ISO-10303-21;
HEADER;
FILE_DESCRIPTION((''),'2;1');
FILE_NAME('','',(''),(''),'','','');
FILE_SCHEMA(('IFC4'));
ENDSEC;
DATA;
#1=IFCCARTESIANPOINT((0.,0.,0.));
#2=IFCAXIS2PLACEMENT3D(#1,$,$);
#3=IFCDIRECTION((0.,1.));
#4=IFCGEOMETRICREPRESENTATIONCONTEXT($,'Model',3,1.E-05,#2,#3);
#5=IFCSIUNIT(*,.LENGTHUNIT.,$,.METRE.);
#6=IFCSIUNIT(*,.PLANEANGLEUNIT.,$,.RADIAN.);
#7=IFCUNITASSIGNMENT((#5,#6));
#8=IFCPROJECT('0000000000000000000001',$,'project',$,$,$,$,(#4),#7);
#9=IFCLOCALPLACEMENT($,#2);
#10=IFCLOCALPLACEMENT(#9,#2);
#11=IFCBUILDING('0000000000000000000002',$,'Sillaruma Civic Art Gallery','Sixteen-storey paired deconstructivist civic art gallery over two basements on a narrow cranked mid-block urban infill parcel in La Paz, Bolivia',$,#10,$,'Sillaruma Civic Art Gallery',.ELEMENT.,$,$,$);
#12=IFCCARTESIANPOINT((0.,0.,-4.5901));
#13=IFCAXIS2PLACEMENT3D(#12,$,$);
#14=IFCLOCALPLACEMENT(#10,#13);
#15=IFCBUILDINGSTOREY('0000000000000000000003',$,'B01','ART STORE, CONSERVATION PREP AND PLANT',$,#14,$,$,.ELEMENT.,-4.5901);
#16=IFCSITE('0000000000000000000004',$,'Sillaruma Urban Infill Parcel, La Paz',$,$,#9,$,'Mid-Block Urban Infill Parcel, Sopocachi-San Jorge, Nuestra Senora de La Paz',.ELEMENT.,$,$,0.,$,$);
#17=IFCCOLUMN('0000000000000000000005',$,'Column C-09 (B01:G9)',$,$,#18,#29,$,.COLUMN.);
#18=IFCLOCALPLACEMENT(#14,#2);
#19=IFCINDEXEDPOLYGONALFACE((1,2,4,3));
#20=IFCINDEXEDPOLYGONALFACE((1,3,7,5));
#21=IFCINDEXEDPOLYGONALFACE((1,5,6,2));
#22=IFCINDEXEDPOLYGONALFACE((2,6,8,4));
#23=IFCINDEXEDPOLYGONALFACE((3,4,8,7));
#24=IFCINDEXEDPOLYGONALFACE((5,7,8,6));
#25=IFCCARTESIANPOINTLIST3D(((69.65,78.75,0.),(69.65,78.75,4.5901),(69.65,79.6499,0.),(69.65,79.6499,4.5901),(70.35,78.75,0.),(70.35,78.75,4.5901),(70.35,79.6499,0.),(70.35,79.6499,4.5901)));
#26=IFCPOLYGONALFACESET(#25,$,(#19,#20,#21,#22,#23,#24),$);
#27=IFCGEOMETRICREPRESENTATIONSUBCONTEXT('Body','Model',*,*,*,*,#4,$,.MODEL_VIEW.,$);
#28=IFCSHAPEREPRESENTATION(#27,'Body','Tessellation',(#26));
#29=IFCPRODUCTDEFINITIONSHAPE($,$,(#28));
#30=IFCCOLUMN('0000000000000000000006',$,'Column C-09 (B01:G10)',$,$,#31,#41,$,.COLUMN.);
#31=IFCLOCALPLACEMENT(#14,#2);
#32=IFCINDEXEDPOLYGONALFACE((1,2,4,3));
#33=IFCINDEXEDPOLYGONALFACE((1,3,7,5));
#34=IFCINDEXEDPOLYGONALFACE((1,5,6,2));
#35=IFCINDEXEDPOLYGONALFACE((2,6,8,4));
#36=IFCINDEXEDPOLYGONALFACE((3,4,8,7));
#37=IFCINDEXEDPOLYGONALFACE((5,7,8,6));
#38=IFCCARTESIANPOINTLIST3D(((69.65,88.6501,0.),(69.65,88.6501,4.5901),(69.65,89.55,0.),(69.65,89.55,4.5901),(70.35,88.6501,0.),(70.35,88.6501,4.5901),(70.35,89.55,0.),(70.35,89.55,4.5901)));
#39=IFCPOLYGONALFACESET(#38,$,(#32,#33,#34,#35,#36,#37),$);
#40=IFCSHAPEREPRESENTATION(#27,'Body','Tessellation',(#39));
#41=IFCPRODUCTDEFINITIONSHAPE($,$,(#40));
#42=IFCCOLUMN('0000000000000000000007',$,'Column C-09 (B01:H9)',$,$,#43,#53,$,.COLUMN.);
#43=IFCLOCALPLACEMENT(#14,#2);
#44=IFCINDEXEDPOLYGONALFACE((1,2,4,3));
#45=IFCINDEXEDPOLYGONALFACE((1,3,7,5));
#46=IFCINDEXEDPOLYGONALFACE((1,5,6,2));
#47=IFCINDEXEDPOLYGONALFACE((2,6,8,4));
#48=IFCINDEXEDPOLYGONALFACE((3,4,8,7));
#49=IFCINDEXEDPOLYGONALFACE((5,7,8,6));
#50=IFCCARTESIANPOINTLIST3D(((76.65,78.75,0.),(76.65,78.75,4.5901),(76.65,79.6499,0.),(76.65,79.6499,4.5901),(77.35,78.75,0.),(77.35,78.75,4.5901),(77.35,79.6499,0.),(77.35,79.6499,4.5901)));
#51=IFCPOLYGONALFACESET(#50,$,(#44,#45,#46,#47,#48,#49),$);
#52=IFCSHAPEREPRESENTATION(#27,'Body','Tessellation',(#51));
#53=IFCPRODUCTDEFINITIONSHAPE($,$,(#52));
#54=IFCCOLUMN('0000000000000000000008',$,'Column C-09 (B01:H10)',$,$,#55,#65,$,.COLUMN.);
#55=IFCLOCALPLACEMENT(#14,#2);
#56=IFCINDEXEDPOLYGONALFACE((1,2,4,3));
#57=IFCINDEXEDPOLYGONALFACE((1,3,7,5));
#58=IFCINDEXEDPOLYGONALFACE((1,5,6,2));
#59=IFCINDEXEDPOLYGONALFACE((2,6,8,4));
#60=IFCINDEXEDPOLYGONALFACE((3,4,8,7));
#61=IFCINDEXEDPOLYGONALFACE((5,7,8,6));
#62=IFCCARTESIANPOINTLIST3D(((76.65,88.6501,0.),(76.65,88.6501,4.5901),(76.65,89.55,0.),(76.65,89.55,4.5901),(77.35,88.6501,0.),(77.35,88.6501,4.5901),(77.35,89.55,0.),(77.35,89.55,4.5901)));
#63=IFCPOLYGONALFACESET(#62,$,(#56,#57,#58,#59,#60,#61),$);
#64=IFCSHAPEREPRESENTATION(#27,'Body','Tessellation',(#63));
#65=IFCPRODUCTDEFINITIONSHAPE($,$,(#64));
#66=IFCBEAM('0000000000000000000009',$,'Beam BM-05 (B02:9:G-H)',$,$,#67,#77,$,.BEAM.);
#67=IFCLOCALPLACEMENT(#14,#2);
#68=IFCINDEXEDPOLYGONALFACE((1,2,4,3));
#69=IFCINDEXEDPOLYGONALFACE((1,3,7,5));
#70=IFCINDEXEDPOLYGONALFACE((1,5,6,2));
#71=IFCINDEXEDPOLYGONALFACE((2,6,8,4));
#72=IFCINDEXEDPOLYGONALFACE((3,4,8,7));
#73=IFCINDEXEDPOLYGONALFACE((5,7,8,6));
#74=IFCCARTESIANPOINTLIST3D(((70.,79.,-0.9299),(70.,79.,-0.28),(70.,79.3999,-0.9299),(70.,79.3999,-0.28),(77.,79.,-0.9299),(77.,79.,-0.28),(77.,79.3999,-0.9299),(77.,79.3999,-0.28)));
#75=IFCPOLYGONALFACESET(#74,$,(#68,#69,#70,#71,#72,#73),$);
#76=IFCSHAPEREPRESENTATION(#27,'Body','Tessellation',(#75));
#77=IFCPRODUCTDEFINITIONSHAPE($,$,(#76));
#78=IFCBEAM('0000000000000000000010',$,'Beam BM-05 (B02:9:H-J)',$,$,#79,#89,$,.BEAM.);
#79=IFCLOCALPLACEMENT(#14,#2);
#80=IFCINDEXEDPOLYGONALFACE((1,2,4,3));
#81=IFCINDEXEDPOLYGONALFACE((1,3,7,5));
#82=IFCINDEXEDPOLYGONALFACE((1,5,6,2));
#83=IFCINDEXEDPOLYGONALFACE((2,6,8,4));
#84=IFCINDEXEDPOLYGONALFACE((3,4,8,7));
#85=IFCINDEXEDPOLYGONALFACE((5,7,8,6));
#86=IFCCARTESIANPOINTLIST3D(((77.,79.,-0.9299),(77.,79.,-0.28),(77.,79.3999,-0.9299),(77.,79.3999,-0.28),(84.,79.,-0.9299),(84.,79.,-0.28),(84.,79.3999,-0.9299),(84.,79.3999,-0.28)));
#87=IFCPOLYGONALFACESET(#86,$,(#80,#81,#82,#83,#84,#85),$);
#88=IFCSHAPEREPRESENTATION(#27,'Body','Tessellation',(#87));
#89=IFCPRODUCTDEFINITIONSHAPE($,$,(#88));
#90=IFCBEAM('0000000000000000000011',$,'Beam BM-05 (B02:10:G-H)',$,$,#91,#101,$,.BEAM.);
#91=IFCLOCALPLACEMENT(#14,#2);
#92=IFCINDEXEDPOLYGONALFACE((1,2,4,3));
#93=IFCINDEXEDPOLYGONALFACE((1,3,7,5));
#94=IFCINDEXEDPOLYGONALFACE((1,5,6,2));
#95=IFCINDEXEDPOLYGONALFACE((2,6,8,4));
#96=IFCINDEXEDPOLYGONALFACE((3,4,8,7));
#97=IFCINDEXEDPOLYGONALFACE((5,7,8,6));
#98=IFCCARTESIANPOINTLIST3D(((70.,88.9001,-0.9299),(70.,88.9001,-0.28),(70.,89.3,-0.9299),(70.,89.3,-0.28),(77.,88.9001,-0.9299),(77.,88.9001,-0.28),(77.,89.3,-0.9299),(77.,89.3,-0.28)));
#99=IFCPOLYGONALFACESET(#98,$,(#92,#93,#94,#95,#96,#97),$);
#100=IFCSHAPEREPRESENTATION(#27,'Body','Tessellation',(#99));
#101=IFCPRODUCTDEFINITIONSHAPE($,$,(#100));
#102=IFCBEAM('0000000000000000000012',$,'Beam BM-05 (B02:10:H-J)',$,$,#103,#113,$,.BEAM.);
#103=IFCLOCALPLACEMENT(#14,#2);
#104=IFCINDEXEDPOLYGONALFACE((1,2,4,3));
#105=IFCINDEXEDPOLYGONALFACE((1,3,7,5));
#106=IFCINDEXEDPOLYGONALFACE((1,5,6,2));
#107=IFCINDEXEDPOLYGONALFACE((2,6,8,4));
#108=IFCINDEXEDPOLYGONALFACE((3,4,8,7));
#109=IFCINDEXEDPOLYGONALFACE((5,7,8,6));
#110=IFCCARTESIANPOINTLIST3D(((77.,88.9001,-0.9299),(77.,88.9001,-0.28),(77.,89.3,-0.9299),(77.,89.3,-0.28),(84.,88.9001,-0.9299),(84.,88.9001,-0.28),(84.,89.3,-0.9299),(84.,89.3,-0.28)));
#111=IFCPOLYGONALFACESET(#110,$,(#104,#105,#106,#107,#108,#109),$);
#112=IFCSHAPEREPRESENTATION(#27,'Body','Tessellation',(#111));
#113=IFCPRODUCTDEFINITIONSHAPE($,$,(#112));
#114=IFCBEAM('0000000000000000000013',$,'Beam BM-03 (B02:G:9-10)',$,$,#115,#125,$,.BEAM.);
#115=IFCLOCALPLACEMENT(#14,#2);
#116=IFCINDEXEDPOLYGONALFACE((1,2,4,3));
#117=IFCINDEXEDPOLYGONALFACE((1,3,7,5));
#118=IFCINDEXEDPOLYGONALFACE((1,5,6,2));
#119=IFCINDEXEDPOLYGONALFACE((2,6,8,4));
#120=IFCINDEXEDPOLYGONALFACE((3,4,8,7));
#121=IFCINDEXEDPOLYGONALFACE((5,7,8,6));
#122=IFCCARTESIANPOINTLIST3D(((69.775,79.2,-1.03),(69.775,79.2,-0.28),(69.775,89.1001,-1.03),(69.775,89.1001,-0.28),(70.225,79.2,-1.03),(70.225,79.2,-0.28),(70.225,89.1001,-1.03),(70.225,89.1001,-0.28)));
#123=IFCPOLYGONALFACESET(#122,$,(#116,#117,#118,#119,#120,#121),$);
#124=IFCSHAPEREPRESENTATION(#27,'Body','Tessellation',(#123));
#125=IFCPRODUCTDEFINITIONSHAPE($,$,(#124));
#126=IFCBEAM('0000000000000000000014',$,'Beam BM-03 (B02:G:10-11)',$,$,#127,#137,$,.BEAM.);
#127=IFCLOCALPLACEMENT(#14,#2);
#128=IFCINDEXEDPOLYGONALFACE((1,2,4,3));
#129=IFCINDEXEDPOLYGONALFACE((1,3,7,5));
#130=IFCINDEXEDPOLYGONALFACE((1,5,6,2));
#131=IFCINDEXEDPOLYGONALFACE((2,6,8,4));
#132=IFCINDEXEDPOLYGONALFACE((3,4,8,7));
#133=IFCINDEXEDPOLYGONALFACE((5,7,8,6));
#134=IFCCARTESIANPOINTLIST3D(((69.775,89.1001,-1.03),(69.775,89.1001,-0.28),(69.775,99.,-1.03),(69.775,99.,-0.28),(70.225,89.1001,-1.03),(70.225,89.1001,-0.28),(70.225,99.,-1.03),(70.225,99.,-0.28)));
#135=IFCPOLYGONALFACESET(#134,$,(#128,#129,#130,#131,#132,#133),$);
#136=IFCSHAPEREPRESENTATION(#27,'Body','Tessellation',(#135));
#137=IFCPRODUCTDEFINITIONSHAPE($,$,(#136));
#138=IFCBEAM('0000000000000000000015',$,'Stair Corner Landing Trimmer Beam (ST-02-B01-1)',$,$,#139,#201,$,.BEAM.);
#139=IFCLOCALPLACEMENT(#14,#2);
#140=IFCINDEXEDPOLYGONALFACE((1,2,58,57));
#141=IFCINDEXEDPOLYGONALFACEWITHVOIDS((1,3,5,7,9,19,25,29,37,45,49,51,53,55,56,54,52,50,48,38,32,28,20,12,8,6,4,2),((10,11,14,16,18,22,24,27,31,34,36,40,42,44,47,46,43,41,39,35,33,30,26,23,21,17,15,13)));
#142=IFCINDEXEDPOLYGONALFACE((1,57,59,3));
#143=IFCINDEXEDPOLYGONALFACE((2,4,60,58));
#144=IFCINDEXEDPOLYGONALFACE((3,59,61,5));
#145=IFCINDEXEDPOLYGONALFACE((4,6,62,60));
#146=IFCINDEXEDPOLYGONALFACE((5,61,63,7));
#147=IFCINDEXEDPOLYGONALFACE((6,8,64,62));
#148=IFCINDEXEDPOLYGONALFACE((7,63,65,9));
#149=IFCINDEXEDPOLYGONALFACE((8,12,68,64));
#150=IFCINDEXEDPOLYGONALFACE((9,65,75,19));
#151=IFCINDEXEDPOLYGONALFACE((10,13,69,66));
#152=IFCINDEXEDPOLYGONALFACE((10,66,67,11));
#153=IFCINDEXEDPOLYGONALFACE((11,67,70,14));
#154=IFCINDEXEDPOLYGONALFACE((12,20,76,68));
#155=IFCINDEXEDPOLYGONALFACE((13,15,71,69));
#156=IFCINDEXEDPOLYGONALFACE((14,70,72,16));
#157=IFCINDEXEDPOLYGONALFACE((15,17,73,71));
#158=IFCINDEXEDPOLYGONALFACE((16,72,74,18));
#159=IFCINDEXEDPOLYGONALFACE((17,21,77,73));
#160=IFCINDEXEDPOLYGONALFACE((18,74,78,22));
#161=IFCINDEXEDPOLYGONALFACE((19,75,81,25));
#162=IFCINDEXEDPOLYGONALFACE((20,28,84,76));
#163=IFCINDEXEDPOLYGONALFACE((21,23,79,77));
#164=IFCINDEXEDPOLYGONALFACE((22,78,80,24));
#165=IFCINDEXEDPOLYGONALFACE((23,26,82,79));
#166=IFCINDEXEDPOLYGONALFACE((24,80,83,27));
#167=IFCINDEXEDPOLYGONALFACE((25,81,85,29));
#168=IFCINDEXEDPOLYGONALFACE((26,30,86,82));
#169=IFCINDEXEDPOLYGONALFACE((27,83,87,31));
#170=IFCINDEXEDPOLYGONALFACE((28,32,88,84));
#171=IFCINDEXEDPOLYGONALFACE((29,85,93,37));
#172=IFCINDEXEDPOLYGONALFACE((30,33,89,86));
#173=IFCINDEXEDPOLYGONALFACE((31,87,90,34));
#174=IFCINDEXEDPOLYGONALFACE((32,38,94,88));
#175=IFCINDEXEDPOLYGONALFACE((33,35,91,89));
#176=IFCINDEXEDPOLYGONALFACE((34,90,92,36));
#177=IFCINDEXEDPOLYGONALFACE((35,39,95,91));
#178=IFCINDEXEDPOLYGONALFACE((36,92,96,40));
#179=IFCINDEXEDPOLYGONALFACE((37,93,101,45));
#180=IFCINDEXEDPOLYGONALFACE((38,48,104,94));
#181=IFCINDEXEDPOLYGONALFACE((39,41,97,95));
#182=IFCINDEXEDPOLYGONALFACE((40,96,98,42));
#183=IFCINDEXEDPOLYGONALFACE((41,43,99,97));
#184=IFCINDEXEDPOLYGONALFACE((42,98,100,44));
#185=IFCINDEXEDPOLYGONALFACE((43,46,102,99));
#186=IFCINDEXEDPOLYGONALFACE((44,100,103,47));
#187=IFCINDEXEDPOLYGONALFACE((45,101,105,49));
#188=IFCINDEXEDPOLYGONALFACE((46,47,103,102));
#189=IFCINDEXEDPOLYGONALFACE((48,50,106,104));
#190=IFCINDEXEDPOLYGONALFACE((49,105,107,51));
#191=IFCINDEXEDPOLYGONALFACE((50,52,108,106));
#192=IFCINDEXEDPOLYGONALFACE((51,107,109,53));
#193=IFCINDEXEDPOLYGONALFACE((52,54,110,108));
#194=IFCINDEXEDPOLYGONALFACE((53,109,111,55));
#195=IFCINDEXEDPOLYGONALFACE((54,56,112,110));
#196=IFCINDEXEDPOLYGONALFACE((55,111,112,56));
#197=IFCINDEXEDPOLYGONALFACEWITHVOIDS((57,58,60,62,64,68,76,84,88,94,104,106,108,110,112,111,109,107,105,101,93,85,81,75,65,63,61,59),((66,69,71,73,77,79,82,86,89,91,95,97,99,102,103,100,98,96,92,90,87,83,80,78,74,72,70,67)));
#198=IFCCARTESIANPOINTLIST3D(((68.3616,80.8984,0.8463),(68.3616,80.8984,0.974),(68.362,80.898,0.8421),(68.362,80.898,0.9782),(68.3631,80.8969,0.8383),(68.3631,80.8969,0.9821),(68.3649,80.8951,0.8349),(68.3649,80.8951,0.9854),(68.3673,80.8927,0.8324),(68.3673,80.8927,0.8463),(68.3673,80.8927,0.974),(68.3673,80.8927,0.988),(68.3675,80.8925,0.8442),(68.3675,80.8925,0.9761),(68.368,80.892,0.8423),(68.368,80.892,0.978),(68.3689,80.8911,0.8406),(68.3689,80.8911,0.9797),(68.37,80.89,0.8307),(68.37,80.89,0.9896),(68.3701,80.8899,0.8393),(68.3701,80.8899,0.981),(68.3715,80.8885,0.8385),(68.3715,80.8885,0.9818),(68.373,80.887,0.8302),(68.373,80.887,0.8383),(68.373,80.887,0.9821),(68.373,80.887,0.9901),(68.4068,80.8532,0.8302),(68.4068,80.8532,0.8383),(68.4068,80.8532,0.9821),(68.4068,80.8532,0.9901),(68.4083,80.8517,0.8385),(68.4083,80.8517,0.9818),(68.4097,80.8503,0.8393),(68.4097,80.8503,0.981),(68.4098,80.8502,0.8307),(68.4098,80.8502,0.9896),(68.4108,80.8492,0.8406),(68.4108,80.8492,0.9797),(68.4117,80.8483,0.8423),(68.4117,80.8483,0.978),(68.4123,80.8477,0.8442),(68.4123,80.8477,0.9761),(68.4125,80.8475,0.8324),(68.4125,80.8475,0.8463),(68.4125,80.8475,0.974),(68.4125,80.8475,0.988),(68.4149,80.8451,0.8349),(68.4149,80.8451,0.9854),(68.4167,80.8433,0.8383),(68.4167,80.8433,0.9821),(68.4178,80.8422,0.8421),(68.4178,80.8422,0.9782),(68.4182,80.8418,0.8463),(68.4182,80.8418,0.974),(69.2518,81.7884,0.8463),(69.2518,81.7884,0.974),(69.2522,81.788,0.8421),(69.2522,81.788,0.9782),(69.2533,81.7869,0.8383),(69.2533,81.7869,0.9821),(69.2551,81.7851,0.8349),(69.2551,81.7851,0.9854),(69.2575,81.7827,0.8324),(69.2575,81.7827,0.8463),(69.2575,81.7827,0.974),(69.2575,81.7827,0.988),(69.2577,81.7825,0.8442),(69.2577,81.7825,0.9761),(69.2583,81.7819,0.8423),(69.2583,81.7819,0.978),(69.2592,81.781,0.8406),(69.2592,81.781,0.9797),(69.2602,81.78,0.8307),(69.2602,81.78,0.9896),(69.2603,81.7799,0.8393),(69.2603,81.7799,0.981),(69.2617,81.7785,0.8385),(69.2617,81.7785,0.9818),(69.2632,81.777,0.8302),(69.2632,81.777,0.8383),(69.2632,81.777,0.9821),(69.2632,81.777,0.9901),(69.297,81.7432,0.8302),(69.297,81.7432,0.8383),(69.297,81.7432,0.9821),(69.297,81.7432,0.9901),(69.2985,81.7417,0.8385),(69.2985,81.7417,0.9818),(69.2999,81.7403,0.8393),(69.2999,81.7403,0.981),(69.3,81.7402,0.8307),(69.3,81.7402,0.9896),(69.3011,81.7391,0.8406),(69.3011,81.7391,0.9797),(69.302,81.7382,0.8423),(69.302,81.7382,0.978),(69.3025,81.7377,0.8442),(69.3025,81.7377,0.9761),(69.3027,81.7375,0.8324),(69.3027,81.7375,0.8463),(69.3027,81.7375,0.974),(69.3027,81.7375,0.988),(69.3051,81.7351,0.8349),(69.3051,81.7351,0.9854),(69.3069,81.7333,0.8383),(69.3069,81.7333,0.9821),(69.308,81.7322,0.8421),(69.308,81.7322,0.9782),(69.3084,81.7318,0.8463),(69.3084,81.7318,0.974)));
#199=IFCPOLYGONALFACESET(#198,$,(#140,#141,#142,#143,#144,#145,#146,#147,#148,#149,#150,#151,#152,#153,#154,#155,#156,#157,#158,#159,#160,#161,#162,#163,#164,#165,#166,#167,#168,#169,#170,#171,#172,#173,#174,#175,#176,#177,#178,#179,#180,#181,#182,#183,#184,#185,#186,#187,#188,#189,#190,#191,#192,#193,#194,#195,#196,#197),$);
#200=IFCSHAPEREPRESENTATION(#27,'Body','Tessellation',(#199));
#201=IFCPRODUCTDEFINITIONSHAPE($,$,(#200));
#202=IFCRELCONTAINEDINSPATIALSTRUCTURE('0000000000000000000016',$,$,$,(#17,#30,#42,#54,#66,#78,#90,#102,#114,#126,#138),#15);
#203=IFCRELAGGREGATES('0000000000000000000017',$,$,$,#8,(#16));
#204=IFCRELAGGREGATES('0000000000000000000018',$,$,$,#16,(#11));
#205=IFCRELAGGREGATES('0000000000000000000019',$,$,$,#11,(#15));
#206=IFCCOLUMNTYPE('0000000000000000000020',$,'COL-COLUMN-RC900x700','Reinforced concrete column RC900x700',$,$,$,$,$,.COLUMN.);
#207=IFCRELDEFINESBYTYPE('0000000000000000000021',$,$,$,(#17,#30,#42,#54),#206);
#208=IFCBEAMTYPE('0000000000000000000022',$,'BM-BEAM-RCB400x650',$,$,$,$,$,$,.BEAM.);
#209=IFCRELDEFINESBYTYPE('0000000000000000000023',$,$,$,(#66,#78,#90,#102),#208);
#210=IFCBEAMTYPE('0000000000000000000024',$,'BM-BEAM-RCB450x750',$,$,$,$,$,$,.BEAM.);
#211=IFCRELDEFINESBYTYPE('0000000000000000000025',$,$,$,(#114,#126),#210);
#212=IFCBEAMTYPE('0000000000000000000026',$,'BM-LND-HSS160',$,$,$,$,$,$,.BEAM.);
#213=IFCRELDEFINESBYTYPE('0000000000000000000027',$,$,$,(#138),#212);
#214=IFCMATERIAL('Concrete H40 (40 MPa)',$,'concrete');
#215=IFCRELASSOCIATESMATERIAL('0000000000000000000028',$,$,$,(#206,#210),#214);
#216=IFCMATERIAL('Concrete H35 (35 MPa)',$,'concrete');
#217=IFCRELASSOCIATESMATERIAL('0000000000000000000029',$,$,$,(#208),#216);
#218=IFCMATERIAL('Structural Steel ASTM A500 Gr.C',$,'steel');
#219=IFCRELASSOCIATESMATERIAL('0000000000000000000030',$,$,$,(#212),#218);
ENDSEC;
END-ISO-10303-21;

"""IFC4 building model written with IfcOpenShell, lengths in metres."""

from ifc_helpers import new_model, si_unit, direction, frame, origin, origin_2d, place, context, subcontext, project, spatial, rectangle, hollow_rectangle, extrude, material, material_profile, profile_set, type_object, element, save


model = new_model("IFC4")

# Units and contexts
model_context = context("Model", 3, precision=1e-05, world=origin(), true_north=direction((0.0, 1.0)))
body_context = subcontext(model_context, "Body", "Model", "MODEL_VIEW")
ifc_project = project(units=[si_unit("LENGTHUNIT", "METRE"), si_unit("PLANEANGLEUNIT", "RADIAN")], contexts=[model_context])

# Site, building, storey
site_placement = place(None, origin())
site = spatial("IfcSite", under=ifc_project, at=site_placement, Name="Sillaruma Urban Infill Parcel, La Paz", LongName="Mid-Block Urban Infill Parcel, Sopocachi-San Jorge, Nuestra Senora de La Paz", CompositionType="ELEMENT", RefElevation=0.0)
building_placement = place(site_placement, origin())
building = spatial("IfcBuilding", under=site, at=building_placement, Name="Sillaruma Civic Art Gallery", Description="Sixteen-storey paired deconstructivist civic art gallery over two basements on a narrow cranked mid-block urban infill parcel in La Paz, Bolivia", LongName="Sillaruma Civic Art Gallery", CompositionType="ELEMENT")
storey_placement = place(building_placement, frame((0.0, 0.0, -4.5901)))
storey = spatial("IfcBuildingStorey", under=building, at=storey_placement, Name="B01", Description="ART STORE, CONSERVATION PREP AND PLANT", CompositionType="ELEMENT", Elevation=-4.5901)

# Columns
ifc_material_1 = material(Name="Concrete H40 (40 MPa)", Category="concrete")
ifc_material_profile_1 = material_profile(ifc_material_1, rectangle(XDim=0.7, YDim=0.8999, at=origin_2d()), Name="RC900x700")
ifc_profile_set_1 = profile_set([ifc_material_profile_1], Name="Concrete H40 (40 MPa)")
column_type = type_object("IfcColumnType", Name="COL-COLUMN-RC900x700", Description="Reinforced concrete column RC900x700", PredefinedType="COLUMN", material=ifc_profile_set_1)
for number, where, z_axis, x_axis, name in (
    (1, (70.0, 79.2, 0.0), (0.0, 0.0, 1.0), (1.0, 0.0, 0.0), "Column C-09 (B01:G9)"),
    (2, (70.0, 89.1001, 0.0), (0.0, 0.0, 1.0), (1.0, 0.0, 0.0), "Column C-09 (B01:G10)"),
    (3, (77.0, 79.2, 0.0), (0.0, 0.0, 1.0), (1.0, 0.0, 0.0), "Column C-09 (B01:H9)"),
    (4, (77.0, 89.1001, 0.0), (0.0, 0.0, 1.0), (1.0, 0.0, 0.0), "Column C-09 (B01:H10)"),
):
    element("IfcColumn", number, at=place(storey_placement, frame(where, z_axis=z_axis, x_axis=x_axis)), inside=storey, type_object=column_type, Name=name, PredefinedType="COLUMN", context=body_context, shape_type="SweptSolid", body=[
        extrude(rectangle(XDim=0.7, YDim=0.8999, at=origin_2d()), origin(), (0.0, 0.0, 1.0), 4.5901),
    ])

# Beams
ifc_material_2 = material(Name="Concrete H35 (35 MPa)", Category="concrete")
ifc_material_profile_2 = material_profile(ifc_material_2, rectangle(XDim=0.3999, YDim=0.6499, at=origin_2d()), Name="RCB400x650")
ifc_profile_set_2 = profile_set([ifc_material_profile_2], Name="Concrete H35 (35 MPa)")
beam_type_1 = type_object("IfcBeamType", Name="BM-BEAM-RCB400x650", PredefinedType="BEAM", material=ifc_profile_set_2)
for number, where, z_axis, x_axis, name in (
    (5, (70.0, 79.2, -0.605), (1.0, 0.0, 0.0), (0.0, 1.0, 0.0), "Beam BM-05 (B02:9:G-H)"),
    (6, (77.0, 79.2, -0.605), (1.0, 0.0, 0.0), (0.0, 1.0, 0.0), "Beam BM-05 (B02:9:H-J)"),
    (7, (70.0, 89.1001, -0.605), (1.0, 0.0, 0.0), (0.0, 1.0, 0.0), "Beam BM-05 (B02:10:G-H)"),
    (8, (77.0, 89.1001, -0.605), (1.0, 0.0, 0.0), (0.0, 1.0, 0.0), "Beam BM-05 (B02:10:H-J)"),
):
    element("IfcBeam", number, at=place(storey_placement, frame(where, z_axis=z_axis, x_axis=x_axis)), inside=storey, type_object=beam_type_1, Name=name, PredefinedType="BEAM", context=body_context, shape_type="SweptSolid", body=[
        extrude(rectangle(XDim=0.3999, YDim=0.6499, at=origin_2d()), origin(), (0.0, 0.0, 1.0), 7.0),
    ])
ifc_material_profile_3 = material_profile(ifc_material_1, rectangle(XDim=0.45, YDim=0.75, at=origin_2d()), Name="RCB450x750")
ifc_profile_set_3 = profile_set([ifc_material_profile_3], Name="Concrete H40 (40 MPa)")
beam_type_2 = type_object("IfcBeamType", Name="BM-BEAM-RCB450x750", PredefinedType="BEAM", material=ifc_profile_set_3)
beam_1_placement = place(storey_placement, frame((70.0, 79.2, -0.655), z_axis=(0.0, 1.0, 0.0), x_axis=(-1.0, 0.0, 0.0)))
element("IfcBeam", 9, at=beam_1_placement, inside=storey, type_object=beam_type_2, Name="Beam BM-03 (B02:G:9-10)", PredefinedType="BEAM", context=body_context, shape_type="SweptSolid", body=[
    extrude(rectangle(XDim=0.45, YDim=0.75, at=origin_2d()), origin(), (0.0, 0.0, 1.0), 9.9001),
])
beam_2_placement = place(storey_placement, frame((70.0, 89.1001, -0.655), z_axis=(0.0, 1.0, 0.0), x_axis=(-1.0, 0.0, 0.0)))
element("IfcBeam", 10, at=beam_2_placement, inside=storey, type_object=beam_type_2, Name="Beam BM-03 (B02:G:10-11)", PredefinedType="BEAM", context=body_context, shape_type="SweptSolid", body=[
    extrude(rectangle(XDim=0.45, YDim=0.75, at=origin_2d()), origin(), (0.0, 0.0, 1.0), 9.8999),
])
ifc_material_3 = material(Name="Structural Steel ASTM A500 Gr.C", Category="steel")
ifc_material_profile_4 = material_profile(ifc_material_3, hollow_rectangle(XDim=0.0801, YDim=0.1599, WallThickness=0.0081, InnerFilletRadius=0.0081, OuterFilletRadius=0.0161, at=origin_2d()), Name="HSS160x80x8")
ifc_profile_set_4 = profile_set([ifc_material_profile_4], Name="Structural Steel ASTM A500 Gr.C")
beam_type_3 = type_object("IfcBeamType", Name="BM-LND-HSS160", PredefinedType="BEAM", material=ifc_profile_set_4)
for number, where, z_axis, x_axis, name in (
    (11, (68.3899, 80.8701, 0.9102), (0.707204, 0.70701, 0.0), (-0.70701, 0.707204, 0.0), "Stair Corner Landing Trimmer Beam (ST-02-B01-1)"),
):
    element("IfcBeam", number, at=place(storey_placement, frame(where, z_axis=z_axis, x_axis=x_axis)), inside=storey, type_object=beam_type_3, Name=name, PredefinedType="BEAM", context=body_context, shape_type="SweptSolid", body=[
        extrude(hollow_rectangle(XDim=0.0801, YDim=0.1599, WallThickness=0.0081, InnerFilletRadius=0.0081, OuterFilletRadius=0.0161, at=origin_2d()), origin(), (0.0, 0.0, 1.0), 1.2588),
    ])

save(model, "model.ifc")
